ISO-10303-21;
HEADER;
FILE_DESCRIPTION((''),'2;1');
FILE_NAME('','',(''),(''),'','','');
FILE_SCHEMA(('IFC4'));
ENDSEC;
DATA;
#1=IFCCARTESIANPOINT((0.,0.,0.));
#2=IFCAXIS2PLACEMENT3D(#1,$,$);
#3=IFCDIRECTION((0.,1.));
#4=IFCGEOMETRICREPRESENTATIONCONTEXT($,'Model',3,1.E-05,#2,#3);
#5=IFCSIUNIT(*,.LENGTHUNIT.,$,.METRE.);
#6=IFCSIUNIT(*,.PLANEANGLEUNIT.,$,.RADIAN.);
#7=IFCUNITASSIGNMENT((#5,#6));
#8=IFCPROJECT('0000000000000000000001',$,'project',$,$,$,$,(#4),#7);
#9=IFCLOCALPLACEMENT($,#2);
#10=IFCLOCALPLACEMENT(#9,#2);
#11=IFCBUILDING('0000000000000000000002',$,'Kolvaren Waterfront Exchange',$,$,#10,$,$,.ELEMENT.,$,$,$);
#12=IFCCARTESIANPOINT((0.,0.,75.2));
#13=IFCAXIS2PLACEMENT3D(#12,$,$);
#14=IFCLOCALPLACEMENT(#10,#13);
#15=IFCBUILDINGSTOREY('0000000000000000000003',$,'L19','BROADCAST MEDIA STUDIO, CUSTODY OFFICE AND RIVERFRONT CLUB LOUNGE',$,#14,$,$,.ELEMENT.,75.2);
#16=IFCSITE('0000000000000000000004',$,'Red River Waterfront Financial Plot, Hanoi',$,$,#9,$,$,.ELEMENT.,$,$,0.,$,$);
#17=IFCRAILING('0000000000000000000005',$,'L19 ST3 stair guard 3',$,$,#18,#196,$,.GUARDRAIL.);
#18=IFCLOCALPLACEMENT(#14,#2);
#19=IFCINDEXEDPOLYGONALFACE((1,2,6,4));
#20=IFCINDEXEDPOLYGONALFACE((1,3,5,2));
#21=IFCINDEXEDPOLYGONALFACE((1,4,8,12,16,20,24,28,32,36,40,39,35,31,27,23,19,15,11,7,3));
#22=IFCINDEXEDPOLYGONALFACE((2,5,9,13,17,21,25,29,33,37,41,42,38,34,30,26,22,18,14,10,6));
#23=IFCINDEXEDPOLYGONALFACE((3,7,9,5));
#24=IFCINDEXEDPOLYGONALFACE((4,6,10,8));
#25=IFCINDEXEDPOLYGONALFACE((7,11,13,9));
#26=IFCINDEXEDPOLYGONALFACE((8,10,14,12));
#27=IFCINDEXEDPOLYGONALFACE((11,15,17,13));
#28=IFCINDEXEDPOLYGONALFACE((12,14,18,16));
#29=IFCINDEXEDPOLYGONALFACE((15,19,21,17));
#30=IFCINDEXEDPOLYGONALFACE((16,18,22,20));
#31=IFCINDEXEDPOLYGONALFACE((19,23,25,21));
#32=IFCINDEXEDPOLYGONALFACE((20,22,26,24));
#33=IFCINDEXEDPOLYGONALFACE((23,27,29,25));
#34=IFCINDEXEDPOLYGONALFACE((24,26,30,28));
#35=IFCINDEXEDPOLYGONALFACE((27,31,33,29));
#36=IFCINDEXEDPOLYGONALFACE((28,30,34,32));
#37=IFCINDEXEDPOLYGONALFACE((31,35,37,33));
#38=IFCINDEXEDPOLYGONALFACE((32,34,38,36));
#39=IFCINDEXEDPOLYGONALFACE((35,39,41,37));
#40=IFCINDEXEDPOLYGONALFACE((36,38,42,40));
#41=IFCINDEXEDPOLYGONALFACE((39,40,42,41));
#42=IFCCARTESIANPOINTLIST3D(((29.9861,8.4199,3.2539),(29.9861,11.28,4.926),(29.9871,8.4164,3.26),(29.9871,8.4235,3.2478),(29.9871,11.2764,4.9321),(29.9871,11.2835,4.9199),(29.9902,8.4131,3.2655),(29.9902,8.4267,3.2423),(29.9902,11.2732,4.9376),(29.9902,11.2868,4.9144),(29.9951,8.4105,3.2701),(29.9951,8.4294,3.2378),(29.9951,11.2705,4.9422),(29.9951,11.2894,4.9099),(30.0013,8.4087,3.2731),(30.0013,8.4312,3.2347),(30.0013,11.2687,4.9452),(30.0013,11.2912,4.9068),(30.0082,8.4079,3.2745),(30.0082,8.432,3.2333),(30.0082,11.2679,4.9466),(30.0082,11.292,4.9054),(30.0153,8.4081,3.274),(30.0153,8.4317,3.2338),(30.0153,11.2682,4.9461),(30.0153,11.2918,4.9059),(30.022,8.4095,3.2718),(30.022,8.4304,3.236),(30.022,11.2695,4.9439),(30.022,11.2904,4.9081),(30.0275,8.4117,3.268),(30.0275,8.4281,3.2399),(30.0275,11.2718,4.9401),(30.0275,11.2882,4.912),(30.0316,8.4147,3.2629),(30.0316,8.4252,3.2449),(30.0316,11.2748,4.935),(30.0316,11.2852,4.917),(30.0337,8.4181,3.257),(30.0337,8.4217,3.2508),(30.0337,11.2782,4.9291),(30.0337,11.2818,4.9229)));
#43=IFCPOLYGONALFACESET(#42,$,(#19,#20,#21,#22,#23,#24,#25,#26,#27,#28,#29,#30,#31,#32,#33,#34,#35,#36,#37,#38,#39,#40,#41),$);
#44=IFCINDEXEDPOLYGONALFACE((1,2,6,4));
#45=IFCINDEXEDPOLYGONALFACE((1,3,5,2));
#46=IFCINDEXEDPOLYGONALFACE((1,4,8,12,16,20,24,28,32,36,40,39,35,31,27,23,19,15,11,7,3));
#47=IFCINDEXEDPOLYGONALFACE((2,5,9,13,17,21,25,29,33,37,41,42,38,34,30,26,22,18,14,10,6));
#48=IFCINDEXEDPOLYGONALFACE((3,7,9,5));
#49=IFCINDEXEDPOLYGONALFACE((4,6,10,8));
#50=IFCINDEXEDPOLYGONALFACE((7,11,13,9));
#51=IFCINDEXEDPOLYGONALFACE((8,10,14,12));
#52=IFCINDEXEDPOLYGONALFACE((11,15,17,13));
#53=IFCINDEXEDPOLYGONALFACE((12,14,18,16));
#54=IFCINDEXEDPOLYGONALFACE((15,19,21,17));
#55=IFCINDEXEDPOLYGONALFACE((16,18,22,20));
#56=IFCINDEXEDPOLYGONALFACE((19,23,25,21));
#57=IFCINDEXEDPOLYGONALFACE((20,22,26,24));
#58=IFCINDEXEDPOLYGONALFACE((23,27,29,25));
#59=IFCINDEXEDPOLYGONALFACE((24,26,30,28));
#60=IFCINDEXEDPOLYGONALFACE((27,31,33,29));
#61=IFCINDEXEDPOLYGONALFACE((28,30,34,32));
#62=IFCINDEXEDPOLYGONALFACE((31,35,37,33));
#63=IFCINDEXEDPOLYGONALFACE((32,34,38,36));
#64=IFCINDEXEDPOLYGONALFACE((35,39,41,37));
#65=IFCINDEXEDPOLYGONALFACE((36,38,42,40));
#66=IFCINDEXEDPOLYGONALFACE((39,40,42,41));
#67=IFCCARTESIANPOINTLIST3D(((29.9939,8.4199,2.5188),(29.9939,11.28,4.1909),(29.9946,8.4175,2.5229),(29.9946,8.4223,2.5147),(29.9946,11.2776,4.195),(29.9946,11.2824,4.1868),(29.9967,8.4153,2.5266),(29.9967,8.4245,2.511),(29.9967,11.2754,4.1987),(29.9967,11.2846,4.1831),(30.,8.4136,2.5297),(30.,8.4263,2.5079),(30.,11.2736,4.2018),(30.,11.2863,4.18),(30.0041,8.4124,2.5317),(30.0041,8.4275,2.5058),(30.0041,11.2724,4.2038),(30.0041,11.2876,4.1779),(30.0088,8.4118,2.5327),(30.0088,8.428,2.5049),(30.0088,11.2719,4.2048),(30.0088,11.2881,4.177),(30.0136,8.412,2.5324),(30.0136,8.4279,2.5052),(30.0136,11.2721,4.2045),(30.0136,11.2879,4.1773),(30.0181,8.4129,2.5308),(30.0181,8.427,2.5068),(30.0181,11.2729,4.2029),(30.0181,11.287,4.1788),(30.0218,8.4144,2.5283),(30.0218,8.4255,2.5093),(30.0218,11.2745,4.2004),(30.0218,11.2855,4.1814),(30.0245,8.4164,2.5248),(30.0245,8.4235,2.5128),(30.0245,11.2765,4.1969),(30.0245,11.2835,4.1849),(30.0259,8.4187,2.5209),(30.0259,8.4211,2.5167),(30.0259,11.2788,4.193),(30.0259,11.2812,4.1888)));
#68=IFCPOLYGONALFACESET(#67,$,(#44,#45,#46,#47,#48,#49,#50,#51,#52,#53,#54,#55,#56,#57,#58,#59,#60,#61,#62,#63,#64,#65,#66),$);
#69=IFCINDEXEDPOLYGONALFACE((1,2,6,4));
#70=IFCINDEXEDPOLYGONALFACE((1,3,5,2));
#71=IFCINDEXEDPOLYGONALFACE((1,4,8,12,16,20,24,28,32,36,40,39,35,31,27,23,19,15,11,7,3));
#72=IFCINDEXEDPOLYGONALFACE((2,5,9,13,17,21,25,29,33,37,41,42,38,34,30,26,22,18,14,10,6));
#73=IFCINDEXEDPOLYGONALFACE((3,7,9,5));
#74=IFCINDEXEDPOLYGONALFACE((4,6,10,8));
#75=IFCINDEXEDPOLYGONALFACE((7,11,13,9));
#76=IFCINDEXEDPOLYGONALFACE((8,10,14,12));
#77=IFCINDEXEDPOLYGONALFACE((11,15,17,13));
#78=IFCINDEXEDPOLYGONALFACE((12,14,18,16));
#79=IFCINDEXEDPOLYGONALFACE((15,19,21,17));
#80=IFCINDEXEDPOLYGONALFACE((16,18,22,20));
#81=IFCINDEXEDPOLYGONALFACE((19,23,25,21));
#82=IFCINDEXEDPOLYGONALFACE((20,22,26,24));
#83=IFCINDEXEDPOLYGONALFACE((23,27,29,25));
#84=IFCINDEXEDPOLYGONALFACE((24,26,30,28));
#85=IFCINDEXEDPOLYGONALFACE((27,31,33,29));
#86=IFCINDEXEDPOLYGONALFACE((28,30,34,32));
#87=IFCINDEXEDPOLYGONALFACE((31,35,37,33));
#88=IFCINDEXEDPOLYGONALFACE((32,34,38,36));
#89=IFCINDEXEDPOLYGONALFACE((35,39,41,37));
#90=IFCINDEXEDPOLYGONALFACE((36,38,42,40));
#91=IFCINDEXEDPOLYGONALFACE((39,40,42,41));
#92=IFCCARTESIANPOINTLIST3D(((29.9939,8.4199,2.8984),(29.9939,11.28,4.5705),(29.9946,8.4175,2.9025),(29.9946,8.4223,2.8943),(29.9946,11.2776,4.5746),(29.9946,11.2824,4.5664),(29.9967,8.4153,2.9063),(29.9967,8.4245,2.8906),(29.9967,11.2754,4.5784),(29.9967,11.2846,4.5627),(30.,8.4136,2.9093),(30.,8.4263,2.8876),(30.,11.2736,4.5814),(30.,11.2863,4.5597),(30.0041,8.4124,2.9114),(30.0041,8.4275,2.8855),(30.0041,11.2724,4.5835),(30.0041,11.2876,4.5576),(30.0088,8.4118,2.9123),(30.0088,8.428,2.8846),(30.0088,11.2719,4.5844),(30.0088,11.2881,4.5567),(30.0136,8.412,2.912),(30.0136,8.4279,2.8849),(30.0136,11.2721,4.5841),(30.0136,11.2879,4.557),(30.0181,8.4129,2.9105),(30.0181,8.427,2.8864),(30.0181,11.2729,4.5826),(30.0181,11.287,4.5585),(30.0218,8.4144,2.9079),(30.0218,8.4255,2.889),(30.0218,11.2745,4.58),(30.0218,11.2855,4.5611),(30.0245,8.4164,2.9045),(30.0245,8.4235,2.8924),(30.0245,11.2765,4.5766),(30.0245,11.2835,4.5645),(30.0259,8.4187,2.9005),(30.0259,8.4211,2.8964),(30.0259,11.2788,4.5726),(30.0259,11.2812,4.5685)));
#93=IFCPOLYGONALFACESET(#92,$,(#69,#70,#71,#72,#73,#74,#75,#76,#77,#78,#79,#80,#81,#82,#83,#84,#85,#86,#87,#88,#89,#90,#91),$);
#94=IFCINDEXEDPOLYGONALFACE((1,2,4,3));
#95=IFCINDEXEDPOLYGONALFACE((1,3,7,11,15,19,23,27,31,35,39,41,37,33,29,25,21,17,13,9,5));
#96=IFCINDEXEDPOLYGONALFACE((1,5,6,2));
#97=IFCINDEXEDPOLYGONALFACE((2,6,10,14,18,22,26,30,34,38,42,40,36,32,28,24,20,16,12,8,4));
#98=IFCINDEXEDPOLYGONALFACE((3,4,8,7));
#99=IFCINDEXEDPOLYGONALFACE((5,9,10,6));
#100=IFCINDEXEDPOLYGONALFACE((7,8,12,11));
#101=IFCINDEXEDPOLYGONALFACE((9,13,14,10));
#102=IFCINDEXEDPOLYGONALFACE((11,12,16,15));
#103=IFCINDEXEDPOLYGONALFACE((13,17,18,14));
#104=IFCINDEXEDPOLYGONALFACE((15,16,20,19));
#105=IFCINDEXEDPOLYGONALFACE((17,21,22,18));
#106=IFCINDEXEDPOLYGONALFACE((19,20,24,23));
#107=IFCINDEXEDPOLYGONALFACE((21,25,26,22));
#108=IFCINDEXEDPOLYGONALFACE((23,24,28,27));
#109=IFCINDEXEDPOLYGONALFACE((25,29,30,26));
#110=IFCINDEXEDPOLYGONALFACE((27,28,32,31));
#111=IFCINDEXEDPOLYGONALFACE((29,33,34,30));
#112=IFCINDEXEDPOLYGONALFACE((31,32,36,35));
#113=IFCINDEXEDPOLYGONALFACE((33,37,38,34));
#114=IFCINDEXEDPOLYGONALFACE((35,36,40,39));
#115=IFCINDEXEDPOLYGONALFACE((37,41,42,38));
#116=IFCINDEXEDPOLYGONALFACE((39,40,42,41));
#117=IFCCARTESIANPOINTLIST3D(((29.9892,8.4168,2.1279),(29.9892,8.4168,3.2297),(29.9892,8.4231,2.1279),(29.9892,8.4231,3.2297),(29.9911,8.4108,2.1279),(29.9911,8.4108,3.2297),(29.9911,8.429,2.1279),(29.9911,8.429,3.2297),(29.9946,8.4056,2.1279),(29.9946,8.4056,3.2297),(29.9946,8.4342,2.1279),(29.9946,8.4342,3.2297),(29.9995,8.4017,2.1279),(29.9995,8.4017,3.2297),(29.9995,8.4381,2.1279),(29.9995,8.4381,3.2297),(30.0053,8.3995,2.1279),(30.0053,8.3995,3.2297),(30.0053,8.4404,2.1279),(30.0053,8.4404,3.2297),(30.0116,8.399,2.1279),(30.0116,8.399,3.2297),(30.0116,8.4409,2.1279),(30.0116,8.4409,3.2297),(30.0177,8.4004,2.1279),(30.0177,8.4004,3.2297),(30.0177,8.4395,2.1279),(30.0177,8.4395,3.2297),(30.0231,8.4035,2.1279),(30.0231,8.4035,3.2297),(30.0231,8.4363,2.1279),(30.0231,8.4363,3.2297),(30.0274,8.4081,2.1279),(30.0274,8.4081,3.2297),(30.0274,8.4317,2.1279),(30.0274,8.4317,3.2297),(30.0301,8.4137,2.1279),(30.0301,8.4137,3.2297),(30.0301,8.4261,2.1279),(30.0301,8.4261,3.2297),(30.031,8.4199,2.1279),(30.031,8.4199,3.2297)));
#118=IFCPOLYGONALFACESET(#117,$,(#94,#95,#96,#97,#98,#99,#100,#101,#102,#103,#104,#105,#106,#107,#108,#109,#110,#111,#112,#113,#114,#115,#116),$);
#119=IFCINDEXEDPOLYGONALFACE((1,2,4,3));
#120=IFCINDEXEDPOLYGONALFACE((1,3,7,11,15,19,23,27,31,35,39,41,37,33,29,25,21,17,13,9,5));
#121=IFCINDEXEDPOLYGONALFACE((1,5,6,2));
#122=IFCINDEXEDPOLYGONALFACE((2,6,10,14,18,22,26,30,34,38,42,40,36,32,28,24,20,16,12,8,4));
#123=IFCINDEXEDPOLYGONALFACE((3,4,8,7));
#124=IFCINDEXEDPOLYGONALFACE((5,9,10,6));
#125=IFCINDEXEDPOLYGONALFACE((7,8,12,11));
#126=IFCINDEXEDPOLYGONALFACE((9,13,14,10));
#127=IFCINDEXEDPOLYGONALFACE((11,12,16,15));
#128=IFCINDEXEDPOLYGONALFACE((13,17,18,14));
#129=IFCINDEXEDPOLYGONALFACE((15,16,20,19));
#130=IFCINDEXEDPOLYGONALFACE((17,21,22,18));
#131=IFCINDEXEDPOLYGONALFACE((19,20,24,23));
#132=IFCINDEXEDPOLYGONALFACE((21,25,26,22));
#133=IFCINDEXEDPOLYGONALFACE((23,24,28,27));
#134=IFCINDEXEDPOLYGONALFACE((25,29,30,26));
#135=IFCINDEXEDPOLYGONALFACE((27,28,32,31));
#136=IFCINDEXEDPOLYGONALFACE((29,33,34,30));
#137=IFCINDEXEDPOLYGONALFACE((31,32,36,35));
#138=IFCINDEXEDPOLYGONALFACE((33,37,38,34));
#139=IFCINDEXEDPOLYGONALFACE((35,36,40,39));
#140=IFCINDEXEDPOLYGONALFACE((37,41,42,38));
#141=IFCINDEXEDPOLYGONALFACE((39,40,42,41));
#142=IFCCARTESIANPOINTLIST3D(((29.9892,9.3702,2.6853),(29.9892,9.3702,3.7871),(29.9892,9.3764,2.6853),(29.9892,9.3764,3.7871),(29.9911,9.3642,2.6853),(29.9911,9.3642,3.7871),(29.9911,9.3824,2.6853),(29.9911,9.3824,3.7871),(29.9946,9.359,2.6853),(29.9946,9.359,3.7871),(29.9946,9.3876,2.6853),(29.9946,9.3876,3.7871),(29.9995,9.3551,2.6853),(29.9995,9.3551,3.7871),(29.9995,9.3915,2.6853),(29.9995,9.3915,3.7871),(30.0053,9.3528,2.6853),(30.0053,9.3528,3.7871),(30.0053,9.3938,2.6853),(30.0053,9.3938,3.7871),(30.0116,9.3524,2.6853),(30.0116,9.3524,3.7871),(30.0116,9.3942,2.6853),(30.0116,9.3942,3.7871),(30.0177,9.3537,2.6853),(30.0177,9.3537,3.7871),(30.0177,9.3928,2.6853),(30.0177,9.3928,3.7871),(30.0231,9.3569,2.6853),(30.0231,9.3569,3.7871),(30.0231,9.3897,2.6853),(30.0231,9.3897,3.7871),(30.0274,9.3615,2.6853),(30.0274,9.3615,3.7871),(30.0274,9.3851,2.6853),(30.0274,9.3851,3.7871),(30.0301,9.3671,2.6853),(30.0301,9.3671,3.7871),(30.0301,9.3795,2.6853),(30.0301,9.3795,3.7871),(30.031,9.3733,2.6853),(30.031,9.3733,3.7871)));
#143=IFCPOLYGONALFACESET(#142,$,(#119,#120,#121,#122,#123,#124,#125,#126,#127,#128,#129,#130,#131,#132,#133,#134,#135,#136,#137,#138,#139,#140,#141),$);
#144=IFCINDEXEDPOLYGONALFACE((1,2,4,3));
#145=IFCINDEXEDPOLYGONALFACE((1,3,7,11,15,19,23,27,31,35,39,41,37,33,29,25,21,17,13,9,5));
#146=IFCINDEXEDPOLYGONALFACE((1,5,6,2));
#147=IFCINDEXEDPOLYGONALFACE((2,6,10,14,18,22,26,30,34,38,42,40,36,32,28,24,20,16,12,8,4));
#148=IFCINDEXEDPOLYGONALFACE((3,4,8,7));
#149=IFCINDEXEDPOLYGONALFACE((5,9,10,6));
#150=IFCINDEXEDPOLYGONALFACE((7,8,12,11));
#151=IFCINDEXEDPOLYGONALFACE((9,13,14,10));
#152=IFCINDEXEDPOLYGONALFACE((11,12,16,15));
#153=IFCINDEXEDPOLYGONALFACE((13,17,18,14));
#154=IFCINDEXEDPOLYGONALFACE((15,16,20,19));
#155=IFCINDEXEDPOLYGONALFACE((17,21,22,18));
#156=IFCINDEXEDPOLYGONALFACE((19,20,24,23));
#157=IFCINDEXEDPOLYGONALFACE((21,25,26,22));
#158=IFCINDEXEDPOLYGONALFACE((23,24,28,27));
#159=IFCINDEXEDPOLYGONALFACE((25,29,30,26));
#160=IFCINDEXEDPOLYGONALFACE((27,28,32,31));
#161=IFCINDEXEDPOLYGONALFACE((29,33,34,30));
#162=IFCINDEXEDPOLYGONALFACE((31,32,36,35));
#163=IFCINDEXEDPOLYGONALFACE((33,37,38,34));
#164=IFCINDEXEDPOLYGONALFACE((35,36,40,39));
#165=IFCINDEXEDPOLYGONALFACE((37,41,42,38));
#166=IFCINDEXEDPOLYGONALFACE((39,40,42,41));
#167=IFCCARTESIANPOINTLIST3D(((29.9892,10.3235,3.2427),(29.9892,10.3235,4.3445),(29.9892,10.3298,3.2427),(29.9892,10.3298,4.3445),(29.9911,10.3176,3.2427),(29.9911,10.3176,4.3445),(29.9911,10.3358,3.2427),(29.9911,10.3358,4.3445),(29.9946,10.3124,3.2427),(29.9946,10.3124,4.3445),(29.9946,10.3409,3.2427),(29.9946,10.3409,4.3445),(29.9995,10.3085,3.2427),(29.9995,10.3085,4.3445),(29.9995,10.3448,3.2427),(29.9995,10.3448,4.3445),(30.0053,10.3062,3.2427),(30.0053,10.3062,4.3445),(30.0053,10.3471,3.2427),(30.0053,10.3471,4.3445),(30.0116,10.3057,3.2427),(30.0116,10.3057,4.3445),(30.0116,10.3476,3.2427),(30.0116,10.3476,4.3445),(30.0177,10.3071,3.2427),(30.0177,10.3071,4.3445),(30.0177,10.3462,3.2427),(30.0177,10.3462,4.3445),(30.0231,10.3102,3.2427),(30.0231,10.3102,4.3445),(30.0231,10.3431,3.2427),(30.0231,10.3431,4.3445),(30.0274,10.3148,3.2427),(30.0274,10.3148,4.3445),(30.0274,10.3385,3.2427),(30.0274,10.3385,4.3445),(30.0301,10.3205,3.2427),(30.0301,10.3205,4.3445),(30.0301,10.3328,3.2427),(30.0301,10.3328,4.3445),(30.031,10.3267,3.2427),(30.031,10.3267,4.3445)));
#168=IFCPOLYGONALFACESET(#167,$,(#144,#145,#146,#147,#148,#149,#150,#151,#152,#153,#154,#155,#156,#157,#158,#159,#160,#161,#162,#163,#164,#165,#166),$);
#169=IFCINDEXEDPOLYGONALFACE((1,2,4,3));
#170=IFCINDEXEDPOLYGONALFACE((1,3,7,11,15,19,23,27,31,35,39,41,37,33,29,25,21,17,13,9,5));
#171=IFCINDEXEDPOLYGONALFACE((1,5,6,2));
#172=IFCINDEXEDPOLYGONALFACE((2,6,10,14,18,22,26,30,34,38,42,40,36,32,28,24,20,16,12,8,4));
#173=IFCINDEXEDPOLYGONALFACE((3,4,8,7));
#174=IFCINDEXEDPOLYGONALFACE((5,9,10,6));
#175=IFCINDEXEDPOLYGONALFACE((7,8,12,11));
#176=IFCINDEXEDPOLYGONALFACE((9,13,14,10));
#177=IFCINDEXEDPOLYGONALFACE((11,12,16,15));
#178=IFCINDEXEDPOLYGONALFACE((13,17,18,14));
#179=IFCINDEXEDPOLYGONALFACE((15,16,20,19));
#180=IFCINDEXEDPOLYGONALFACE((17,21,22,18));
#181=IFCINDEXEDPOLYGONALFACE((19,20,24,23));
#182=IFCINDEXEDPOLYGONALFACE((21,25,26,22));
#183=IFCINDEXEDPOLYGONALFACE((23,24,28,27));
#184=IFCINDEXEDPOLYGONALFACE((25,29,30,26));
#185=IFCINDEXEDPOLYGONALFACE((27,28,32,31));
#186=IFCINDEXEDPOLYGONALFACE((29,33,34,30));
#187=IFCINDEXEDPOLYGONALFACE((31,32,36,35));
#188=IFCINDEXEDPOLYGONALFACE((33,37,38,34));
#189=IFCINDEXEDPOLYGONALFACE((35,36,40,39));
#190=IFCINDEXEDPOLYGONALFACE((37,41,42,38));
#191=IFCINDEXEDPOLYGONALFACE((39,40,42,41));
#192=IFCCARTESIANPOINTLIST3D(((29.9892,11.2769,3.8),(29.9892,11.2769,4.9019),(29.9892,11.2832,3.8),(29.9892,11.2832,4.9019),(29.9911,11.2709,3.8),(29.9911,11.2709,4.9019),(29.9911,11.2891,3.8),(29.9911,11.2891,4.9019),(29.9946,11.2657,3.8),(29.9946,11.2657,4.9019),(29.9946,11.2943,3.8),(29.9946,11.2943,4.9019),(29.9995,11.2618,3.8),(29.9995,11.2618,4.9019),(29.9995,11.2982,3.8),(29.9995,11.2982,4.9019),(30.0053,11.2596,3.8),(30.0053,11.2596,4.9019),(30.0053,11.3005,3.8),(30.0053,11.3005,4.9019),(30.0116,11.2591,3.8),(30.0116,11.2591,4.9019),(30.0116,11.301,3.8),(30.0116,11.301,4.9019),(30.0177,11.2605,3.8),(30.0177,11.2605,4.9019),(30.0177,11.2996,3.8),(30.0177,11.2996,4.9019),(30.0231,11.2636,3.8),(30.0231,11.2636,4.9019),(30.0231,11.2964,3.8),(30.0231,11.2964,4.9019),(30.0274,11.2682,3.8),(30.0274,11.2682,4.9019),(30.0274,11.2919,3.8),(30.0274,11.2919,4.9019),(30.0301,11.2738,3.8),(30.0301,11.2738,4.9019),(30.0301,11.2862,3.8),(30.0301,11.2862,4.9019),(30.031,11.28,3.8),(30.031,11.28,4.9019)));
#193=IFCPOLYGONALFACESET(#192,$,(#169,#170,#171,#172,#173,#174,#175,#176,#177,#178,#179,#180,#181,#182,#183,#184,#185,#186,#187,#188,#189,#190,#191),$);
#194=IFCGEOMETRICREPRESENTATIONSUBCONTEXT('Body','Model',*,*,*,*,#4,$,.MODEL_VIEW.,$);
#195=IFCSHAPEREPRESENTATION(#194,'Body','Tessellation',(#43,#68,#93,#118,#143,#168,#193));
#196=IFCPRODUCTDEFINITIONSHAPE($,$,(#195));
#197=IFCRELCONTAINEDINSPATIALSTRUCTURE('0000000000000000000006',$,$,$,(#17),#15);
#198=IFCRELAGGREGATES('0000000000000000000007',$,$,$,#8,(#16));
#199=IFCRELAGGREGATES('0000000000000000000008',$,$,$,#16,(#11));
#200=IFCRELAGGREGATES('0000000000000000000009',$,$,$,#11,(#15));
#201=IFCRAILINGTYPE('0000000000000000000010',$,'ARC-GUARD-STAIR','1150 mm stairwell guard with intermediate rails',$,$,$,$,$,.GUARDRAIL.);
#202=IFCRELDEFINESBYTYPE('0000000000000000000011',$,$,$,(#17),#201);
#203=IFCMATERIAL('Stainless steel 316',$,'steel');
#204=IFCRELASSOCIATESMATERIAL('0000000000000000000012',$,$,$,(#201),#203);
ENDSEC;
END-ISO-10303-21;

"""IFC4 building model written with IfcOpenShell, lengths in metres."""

from ifc_helpers import new_model, si_unit, direction, frame, origin, origin_2d, place, context, subcontext, project, spatial, circle, extrude, material, type_object, element, save


model = new_model("IFC4")

# Units and contexts
model_context = context("Model", 3, precision=1e-05, world=origin(), true_north=direction((0.0, 1.0)))
body_context = subcontext(model_context, "Body", "Model", "MODEL_VIEW")
ifc_project = project(units=[si_unit("LENGTHUNIT", "METRE"), si_unit("PLANEANGLEUNIT", "RADIAN")], contexts=[model_context])

# Site, building, storey
site_placement = place(None, origin())
site = spatial("IfcSite", under=ifc_project, at=site_placement, Name="Red River Waterfront Financial Plot, Hanoi", CompositionType="ELEMENT", RefElevation=0.0)
building_placement = place(site_placement, origin())
building = spatial("IfcBuilding", under=site, at=building_placement, Name="Kolvaren Waterfront Exchange", CompositionType="ELEMENT")
storey_placement = place(building_placement, frame((0.0, 0.0, 75.2)))
storey = spatial("IfcBuildingStorey", under=building, at=storey_placement, Name="L19", Description="BROADCAST MEDIA STUDIO, CUSTODY OFFICE AND RIVERFRONT CLUB LOUNGE", CompositionType="ELEMENT", Elevation=75.2)

# Railing
ifc_material_1 = material(Name="Stainless steel 316", Category="steel")
railing_type_1 = type_object("IfcRailingType", Name="ARC-GUARD-STAIR", Description="1150 mm stairwell guard with intermediate rails", PredefinedType="GUARDRAIL", material=ifc_material_1)
railing_1_placement = place(storey_placement, frame((30.01, 8.4199, 2.1279)))
element("IfcRailing", 1, at=railing_1_placement, inside=storey, type_object=railing_type_1, Name="L19 ST3 stair guard 3", PredefinedType="GUARDRAIL", context=body_context, shape_type="SweptSolid", body=[
    extrude(circle(Radius=0.0239, at=origin_2d()), frame((0.0, 0.0, 1.126), z_axis=(0.0, 0.863289, 0.504709), x_axis=(-1.0, 0.0, 0.0)), (0.0, 0.0, 1.0), 3.313),
    extrude(circle(Radius=0.0161, at=origin_2d()), frame((0.0, 0.0, 0.3909), z_axis=(0.0, 0.863289, 0.504709), x_axis=(-1.0, 0.0, 0.0)), (0.0, 0.0, 1.0), 3.313),
    extrude(circle(Radius=0.0161, at=origin_2d()), frame((0.0, 0.0, 0.7705), z_axis=(0.0, 0.863289, 0.504709), x_axis=(-1.0, 0.0, 0.0)), (0.0, 0.0, 1.0), 3.313),
    extrude(circle(Radius=0.021, at=origin_2d()), origin(), (0.0, 0.0, 1.0), 1.1018),
    extrude(circle(Radius=0.021, at=origin_2d()), frame((0.0, 0.9534, 0.5574)), (0.0, 0.0, 1.0), 1.1018),
    extrude(circle(Radius=0.021, at=origin_2d()), frame((0.0, 1.9067, 1.1147)), (0.0, 0.0, 1.0), 1.1018),
    extrude(circle(Radius=0.021, at=origin_2d()), frame((0.0, 2.8601, 1.6721)), (0.0, 0.0, 1.0), 1.1018),
])

save(model, "model.ifc")
